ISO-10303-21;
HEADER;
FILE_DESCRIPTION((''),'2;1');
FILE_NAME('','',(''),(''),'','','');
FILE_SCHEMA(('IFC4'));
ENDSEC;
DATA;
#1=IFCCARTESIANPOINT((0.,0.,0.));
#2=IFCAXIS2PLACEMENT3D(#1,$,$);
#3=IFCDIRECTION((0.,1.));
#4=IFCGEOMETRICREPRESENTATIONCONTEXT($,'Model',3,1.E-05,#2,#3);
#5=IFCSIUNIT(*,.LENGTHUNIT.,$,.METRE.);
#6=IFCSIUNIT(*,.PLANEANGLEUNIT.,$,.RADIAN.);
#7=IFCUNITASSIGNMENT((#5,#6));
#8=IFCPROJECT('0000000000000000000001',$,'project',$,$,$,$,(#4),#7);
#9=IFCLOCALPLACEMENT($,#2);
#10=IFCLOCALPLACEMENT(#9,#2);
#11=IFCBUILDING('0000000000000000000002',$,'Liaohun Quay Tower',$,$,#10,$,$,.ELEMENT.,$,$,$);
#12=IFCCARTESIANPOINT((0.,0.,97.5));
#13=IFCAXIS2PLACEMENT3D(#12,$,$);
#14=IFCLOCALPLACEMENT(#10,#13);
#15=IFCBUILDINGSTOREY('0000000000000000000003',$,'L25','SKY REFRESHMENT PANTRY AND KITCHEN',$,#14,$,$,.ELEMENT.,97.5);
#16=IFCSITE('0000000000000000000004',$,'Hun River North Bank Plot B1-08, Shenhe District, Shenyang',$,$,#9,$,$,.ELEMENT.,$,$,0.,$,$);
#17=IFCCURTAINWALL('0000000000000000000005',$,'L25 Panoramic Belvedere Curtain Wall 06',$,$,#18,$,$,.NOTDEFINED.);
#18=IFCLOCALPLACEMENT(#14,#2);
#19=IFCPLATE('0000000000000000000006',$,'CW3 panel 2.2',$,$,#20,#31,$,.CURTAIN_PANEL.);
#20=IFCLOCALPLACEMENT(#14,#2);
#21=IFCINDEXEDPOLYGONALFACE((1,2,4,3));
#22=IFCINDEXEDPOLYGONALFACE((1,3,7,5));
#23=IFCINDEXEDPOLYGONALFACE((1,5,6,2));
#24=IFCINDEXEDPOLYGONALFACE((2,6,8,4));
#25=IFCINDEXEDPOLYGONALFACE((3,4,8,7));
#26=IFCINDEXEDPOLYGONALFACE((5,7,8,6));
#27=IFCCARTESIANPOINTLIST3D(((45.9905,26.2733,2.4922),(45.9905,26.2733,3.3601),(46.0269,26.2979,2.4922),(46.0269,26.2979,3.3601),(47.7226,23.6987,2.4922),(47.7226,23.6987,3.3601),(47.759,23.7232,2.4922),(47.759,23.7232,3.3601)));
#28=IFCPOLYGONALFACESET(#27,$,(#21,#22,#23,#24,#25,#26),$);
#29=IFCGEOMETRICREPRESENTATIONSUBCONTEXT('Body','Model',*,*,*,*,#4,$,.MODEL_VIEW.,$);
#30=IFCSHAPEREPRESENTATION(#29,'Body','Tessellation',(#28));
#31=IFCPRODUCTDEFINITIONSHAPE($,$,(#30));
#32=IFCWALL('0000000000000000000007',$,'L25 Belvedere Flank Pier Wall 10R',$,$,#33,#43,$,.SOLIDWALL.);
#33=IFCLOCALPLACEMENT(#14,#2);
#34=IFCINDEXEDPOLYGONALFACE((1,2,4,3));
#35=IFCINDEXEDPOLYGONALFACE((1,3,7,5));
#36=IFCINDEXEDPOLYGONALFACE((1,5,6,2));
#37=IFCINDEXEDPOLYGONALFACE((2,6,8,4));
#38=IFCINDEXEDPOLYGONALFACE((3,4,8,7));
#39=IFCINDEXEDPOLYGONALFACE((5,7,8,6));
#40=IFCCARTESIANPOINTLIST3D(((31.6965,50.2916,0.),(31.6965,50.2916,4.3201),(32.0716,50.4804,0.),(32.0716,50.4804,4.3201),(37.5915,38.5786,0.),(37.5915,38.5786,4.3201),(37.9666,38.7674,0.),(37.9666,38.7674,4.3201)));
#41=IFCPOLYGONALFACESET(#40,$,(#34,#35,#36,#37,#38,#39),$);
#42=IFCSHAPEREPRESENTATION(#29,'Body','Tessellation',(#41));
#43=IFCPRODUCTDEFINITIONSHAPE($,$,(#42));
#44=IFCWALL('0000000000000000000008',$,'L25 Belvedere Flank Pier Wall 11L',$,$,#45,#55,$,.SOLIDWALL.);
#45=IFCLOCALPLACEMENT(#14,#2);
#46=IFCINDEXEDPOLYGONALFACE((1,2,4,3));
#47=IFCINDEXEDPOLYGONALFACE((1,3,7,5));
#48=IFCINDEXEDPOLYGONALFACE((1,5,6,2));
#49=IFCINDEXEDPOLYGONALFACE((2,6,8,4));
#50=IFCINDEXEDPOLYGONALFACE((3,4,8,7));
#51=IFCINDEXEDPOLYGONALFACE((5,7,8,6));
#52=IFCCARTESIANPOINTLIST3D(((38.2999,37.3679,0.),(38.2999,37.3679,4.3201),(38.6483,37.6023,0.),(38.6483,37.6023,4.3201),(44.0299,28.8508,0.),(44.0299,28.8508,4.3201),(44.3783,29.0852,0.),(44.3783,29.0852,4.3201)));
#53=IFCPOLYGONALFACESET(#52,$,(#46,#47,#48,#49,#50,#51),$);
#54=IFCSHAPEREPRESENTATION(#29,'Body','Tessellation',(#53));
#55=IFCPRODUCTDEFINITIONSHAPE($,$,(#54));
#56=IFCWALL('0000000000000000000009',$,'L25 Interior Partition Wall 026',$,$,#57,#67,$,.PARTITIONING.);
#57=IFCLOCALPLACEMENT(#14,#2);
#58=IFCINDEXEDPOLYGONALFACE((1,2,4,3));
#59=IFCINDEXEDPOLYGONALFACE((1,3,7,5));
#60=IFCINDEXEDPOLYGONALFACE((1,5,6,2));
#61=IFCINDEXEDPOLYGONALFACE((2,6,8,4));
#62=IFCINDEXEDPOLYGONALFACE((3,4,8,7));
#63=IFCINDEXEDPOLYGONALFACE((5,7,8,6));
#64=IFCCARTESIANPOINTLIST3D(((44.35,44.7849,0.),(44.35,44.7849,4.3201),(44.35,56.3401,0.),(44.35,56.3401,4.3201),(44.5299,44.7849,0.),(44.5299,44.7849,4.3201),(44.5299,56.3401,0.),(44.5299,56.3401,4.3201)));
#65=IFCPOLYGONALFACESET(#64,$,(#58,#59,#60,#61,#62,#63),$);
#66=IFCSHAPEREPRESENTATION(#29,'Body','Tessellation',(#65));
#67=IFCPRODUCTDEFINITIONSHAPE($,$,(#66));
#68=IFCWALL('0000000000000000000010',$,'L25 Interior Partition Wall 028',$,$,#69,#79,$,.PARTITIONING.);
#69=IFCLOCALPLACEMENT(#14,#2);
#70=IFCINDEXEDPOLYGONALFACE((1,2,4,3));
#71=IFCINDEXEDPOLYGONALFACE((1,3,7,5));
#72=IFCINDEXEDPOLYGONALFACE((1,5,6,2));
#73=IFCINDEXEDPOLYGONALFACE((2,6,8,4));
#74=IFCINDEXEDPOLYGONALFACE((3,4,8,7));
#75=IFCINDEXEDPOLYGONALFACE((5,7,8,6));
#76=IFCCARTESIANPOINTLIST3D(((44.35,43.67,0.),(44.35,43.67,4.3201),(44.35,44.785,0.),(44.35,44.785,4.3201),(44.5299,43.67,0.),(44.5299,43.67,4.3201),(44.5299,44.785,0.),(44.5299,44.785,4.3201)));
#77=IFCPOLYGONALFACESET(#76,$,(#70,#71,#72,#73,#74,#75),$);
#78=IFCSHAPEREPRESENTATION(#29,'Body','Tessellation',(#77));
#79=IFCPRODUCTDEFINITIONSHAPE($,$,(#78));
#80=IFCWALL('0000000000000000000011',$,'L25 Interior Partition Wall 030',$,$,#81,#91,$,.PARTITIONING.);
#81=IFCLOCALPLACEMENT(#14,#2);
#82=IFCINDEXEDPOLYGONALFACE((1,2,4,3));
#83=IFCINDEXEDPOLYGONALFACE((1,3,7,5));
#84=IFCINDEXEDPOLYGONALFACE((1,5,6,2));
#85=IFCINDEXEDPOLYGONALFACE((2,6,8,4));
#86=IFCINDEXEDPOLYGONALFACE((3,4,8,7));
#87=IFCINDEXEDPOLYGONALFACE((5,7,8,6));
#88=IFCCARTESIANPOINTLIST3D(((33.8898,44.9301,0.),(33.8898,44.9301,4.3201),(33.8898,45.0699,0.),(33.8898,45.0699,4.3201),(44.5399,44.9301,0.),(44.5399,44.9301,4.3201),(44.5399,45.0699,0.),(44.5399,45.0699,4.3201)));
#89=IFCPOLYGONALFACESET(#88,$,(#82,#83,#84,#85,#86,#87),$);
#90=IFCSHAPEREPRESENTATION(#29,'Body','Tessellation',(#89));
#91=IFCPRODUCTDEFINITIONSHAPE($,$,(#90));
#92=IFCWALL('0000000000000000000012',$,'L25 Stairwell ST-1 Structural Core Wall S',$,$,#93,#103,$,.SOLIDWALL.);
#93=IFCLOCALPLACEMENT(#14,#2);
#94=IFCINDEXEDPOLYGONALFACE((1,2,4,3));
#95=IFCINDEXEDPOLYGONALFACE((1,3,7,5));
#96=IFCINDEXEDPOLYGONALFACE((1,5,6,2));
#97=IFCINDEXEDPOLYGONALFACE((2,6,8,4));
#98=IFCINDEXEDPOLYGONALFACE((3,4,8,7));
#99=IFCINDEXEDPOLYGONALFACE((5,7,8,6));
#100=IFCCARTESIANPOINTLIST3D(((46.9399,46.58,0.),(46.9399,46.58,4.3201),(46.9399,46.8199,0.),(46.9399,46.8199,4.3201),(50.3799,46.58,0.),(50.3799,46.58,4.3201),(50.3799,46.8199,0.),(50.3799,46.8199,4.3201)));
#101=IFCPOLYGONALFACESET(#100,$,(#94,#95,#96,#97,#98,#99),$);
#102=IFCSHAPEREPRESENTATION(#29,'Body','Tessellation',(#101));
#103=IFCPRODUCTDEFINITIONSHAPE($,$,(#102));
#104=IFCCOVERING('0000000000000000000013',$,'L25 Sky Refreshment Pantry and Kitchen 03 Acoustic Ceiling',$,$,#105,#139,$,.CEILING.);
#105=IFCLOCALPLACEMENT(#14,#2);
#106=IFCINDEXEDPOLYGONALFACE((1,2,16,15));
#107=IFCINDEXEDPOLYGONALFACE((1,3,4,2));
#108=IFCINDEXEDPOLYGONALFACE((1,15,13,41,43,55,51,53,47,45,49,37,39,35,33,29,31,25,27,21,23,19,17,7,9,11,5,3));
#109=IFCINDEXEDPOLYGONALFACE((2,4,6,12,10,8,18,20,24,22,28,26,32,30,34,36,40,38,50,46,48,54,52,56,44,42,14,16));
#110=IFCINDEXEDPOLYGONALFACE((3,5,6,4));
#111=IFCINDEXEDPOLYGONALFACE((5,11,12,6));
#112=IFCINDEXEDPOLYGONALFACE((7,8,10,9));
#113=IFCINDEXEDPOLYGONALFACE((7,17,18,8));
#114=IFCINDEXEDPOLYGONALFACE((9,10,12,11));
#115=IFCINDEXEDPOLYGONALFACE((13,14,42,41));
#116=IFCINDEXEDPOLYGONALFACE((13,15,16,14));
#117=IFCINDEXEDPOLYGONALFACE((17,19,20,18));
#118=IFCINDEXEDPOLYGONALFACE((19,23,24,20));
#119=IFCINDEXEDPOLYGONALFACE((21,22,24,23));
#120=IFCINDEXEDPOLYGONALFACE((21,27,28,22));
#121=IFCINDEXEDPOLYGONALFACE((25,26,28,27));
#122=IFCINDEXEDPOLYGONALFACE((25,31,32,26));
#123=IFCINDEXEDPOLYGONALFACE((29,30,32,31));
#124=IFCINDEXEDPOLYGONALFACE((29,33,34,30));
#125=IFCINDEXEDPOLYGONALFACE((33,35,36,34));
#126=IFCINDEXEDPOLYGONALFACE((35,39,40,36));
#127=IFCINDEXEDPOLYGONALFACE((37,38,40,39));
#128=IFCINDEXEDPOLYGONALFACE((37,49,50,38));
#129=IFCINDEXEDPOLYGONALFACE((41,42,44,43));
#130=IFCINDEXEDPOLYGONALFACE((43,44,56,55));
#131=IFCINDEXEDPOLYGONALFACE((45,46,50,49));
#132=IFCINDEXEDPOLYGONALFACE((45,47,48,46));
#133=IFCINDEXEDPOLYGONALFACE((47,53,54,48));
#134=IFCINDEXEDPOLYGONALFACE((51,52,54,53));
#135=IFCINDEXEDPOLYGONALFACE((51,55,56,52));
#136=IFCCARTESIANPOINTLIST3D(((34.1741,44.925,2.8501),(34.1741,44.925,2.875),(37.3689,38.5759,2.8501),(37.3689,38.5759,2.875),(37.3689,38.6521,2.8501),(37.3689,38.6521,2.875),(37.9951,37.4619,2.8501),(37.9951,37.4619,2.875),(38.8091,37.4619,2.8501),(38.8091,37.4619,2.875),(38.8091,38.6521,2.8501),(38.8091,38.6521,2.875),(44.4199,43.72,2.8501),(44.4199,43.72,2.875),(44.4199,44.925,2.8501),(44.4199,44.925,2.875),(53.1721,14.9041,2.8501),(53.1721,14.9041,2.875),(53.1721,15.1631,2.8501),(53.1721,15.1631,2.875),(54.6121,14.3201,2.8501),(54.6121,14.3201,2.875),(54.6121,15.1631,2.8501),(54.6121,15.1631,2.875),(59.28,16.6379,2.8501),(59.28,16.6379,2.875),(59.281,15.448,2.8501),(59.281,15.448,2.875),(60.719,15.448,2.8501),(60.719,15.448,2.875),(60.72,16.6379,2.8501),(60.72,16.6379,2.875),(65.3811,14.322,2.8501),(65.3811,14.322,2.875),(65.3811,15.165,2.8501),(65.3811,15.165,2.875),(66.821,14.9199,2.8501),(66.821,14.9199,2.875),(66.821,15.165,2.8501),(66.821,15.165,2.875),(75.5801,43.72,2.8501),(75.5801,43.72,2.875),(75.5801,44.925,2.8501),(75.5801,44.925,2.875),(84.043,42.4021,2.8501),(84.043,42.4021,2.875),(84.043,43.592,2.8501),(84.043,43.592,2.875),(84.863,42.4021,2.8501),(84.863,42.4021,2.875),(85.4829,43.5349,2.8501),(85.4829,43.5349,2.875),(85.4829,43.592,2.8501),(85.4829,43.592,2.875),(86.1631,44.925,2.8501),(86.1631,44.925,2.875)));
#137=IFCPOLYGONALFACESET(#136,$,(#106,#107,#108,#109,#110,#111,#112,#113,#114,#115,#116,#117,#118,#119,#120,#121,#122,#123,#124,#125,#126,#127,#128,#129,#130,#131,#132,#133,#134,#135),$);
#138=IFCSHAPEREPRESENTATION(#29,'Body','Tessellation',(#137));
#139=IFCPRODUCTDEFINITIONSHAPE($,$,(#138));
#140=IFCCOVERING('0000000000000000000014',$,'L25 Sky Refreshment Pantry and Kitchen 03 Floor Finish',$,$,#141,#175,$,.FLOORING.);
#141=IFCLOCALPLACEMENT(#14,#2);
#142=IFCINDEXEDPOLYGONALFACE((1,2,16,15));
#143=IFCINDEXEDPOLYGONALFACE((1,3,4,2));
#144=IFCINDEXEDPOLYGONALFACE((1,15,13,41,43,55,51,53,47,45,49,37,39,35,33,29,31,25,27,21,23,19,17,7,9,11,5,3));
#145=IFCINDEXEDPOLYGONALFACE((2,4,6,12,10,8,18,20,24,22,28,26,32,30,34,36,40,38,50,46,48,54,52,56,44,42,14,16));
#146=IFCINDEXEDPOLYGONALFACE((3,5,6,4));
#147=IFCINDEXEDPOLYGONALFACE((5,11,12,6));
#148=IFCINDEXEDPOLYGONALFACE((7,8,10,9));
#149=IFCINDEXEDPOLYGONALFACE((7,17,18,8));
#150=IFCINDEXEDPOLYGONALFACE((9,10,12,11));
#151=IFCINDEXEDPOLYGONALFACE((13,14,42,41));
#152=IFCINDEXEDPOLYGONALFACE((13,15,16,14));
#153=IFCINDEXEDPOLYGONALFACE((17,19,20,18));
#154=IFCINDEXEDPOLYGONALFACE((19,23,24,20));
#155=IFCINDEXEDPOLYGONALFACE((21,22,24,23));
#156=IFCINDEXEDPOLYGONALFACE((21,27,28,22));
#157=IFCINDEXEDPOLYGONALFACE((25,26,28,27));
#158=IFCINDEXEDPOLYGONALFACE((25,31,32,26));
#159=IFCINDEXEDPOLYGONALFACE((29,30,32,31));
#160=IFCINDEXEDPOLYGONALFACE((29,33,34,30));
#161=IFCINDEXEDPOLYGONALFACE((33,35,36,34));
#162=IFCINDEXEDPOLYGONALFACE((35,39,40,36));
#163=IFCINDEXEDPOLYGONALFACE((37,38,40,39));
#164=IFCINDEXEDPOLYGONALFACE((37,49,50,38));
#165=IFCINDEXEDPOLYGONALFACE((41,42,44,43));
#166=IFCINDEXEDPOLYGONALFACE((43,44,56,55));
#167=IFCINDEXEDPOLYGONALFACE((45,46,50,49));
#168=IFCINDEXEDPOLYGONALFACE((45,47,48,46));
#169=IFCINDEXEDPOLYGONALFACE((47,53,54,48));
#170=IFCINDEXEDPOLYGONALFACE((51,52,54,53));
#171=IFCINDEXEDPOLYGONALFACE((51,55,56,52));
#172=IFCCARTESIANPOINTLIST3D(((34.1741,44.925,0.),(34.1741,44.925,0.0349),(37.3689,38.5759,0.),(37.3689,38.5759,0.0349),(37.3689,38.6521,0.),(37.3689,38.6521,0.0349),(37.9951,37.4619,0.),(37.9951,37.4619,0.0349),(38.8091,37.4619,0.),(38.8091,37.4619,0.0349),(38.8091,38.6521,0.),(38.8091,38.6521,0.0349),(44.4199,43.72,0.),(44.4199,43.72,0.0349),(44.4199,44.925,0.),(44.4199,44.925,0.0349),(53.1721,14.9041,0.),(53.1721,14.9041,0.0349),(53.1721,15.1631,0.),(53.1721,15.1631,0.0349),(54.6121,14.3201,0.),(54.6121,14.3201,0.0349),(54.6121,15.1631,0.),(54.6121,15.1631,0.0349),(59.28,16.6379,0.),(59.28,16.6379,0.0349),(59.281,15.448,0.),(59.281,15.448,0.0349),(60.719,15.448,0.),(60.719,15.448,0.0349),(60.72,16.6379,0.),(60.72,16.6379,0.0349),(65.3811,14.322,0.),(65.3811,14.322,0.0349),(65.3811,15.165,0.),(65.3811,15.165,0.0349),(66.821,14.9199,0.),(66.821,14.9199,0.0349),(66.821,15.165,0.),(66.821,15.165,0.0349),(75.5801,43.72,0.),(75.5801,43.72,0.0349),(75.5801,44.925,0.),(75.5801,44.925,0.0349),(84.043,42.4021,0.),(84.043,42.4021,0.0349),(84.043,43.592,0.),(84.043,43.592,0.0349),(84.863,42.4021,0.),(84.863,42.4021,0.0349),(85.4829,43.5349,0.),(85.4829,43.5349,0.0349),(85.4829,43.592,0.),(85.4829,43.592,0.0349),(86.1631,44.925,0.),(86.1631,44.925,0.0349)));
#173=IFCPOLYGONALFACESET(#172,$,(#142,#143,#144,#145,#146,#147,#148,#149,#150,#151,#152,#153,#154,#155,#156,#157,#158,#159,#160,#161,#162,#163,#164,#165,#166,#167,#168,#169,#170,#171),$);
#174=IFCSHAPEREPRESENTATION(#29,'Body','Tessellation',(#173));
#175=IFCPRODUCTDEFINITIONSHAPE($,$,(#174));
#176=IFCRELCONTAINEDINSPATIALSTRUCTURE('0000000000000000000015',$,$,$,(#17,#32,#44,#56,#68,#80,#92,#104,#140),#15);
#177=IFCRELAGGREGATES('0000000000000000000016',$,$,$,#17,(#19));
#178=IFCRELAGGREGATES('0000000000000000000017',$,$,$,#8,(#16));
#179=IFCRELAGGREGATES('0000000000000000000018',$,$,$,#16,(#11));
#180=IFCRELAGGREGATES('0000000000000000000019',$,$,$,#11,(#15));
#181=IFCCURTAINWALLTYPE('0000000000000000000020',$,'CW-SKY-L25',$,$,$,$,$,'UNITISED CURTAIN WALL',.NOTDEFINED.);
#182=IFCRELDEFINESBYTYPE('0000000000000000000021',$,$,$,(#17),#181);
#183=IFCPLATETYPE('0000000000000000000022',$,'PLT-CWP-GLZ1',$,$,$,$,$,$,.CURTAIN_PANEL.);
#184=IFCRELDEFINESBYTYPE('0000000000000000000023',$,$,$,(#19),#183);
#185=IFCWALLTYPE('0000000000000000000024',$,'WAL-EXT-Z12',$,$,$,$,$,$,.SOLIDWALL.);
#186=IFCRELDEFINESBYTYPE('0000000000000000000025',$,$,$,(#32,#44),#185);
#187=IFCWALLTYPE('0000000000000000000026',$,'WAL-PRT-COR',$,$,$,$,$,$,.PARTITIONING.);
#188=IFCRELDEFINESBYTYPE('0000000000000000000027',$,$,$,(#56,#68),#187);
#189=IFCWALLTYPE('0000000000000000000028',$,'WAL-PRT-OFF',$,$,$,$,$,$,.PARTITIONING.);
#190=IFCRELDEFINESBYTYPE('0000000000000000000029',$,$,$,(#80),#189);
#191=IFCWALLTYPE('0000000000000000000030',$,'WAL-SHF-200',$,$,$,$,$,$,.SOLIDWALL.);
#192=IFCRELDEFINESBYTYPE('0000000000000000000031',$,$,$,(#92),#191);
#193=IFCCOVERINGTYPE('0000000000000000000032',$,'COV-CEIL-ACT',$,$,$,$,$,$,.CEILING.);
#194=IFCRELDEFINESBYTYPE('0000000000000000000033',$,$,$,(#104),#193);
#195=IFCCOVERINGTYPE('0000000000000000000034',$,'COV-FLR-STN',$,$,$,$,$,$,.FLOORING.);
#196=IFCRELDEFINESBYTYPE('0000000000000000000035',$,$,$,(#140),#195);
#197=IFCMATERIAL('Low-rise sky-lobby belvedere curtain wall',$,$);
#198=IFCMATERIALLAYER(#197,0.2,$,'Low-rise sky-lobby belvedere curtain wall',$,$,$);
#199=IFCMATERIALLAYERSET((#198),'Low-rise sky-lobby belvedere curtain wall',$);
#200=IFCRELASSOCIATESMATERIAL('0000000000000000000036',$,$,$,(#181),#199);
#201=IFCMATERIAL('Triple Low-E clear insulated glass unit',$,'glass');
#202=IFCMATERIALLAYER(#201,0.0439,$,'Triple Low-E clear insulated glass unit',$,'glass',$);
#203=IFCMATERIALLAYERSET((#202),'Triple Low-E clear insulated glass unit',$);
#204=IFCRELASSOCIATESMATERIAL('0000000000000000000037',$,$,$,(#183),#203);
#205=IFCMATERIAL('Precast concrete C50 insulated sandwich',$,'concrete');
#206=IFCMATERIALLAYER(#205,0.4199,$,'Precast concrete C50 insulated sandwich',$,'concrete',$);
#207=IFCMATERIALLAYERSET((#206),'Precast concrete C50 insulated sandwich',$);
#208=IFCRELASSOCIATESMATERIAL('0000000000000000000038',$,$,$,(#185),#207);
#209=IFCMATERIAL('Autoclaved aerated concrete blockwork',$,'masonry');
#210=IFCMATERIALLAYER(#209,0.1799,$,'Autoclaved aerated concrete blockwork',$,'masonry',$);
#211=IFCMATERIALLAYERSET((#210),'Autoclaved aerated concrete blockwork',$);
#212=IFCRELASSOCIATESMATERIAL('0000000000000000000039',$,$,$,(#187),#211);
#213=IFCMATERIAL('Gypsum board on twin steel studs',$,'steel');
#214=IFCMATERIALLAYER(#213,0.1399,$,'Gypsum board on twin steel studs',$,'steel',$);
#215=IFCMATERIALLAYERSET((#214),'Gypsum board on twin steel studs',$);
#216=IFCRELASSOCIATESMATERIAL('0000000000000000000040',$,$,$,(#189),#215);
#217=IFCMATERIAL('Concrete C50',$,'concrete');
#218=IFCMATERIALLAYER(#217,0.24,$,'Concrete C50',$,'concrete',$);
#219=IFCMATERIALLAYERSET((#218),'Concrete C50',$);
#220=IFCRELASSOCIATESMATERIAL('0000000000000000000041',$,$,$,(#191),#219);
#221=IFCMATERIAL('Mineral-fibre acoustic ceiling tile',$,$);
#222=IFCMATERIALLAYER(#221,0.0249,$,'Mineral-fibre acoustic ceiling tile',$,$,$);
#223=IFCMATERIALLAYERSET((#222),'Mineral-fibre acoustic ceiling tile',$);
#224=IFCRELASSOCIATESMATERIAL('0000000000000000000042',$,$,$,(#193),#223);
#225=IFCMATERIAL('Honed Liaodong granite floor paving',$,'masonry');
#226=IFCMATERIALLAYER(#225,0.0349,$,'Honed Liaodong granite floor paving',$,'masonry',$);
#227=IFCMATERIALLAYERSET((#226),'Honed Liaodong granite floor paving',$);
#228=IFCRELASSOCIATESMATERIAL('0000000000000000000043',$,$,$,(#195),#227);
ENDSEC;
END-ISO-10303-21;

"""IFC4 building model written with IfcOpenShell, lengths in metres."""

from ifc_helpers import new_model, si_unit, direction, frame, frame_2d, origin, origin_2d, place, context, subcontext, project, spatial, polyline, rectangle, outline, extrude, source, transform, mapped, material, layer, layer_set, type_object, element, aggregate, save


model = new_model("IFC4")

# Units and contexts
model_context = context("Model", 3, precision=1e-05, world=origin(), true_north=direction((0.0, 1.0)))
body_context = subcontext(model_context, "Body", "Model", "MODEL_VIEW")
ifc_project = project(units=[si_unit("LENGTHUNIT", "METRE"), si_unit("PLANEANGLEUNIT", "RADIAN")], contexts=[model_context])

# Site, building, storey
site_placement = place(None, origin())
site = spatial("IfcSite", under=ifc_project, at=site_placement, Name="Hun River North Bank Plot B1-08, Shenhe District, Shenyang", CompositionType="ELEMENT", RefElevation=0.0)
building_placement = place(site_placement, origin())
building = spatial("IfcBuilding", under=site, at=building_placement, Name="Liaohun Quay Tower", CompositionType="ELEMENT")
storey_placement = place(building_placement, frame((0.0, 0.0, 97.5)))
storey = spatial("IfcBuildingStorey", under=building, at=storey_placement, Name="L25", Description="SKY REFRESHMENT PANTRY AND KITCHEN", CompositionType="ELEMENT", Elevation=97.5)

# Curtain wall
ifc_material_1 = material(Name="Low-rise sky-lobby belvedere curtain wall")
ifc_layer_1 = layer(ifc_material_1, 0.2, Name="Low-rise sky-lobby belvedere curtain wall")
ifc_layer_set_1 = layer_set([ifc_layer_1], Name="Low-rise sky-lobby belvedere curtain wall")
curtain_wall_type = type_object("IfcCurtainWallType", Name="CW-SKY-L25", ElementType="UNITISED CURTAIN WALL", PredefinedType="NOTDEFINED", material=ifc_layer_set_1)
curtain_wall_1_placement = place(storey_placement, origin())
curtain_wall_1 = element("IfcCurtainWall", 1, at=curtain_wall_1_placement, inside=storey, type_object=curtain_wall_type, Name="L25 Panoramic Belvedere Curtain Wall 06", PredefinedType="NOTDEFINED")

# Shared definitions
ifc_material_2 = material(Name="Concrete C50", Category="concrete")

# Plate
ifc_material_3 = material(Name="Triple Low-E clear insulated glass unit", Category="glass")
ifc_layer_2 = layer(ifc_material_3, 0.0439, Name="Triple Low-E clear insulated glass unit", Category="glass")
ifc_layer_set_2 = layer_set([ifc_layer_2], Name="Triple Low-E clear insulated glass unit")
plate_type = type_object("IfcPlateType", Name="PLT-CWP-GLZ1", PredefinedType="CURTAIN_PANEL", material=ifc_layer_set_2)
shared_shape_1 = source(origin(), body_context, "Body", "SweptSolid", [
    extrude(rectangle(XDim=3.103, YDim=0.0439, at=origin_2d()), origin(), (0.0, 0.0, 1.0), 0.8679),
])
plate_1_placement = place(storey_placement, frame((46.8748, 24.9983, 2.4922), z_axis=(0.0, 0.0, 1.0), x_axis=(0.558192, -0.829712, 0.0)))
plate_1 = element("IfcPlate", 2, at=plate_1_placement, type_object=plate_type, Name="CW3 panel 2.2", PredefinedType="CURTAIN_PANEL", context=body_context, shape_type="MappedRepresentation", body=[
    mapped(shared_shape_1, transform((0.0, 0.0, 0.0), x_axis=(1.0, 0.0, 0.0), y_axis=(0.0, 1.0, 0.0), z_axis=(0.0, 0.0, 1.0), scale=1.0)),
])
aggregate(curtain_wall_1, [plate_1])

# Walls
ifc_material_4 = material(Name="Precast concrete C50 insulated sandwich", Category="concrete")
ifc_layer_3 = layer(ifc_material_4, 0.4199, Name="Precast concrete C50 insulated sandwich", Category="concrete")
ifc_layer_set_3 = layer_set([ifc_layer_3], Name="Precast concrete C50 insulated sandwich")
wall_type_1 = type_object("IfcWallType", Name="WAL-EXT-Z12", PredefinedType="SOLIDWALL", material=ifc_layer_set_3)
wall_1_placement = place(storey_placement, frame((31.884, 50.386, 0.0), z_axis=(0.0, 0.0, 1.0), x_axis=(0.449565, -0.893247, 0.0)))
element("IfcWall", 3, at=wall_1_placement, inside=storey, type_object=wall_type_1, Name="L25 Belvedere Flank Pier Wall 10R", PredefinedType="SOLIDWALL", context=body_context, shape_type="SweptSolid", body=[
    extrude(rectangle(XDim=13.1128, YDim=0.4199, at=frame_2d((6.5564, 0.0))), origin(), (0.0, 0.0, 1.0), 4.3201),
])
wall_2_placement = place(storey_placement, frame((38.4741, 37.4851, 0.0), z_axis=(0.0, 0.0, 1.0), x_axis=(0.558197, -0.829708, 0.0)))
element("IfcWall", 4, at=wall_2_placement, inside=storey, type_object=wall_type_1, Name="L25 Belvedere Flank Pier Wall 11L", PredefinedType="SOLIDWALL", context=body_context, shape_type="SweptSolid", body=[
    extrude(rectangle(XDim=10.2651, YDim=0.4199, at=frame_2d((5.1326, 0.0))), origin(), (0.0, 0.0, 1.0), 4.3201),
])
ifc_material_5 = material(Name="Autoclaved aerated concrete blockwork", Category="masonry")
ifc_layer_4 = layer(ifc_material_5, 0.1799, Name="Autoclaved aerated concrete blockwork", Category="masonry")
ifc_layer_set_4 = layer_set([ifc_layer_4], Name="Autoclaved aerated concrete blockwork")
wall_type_2 = type_object("IfcWallType", Name="WAL-PRT-COR", PredefinedType="PARTITIONING", material=ifc_layer_set_4)
wall_3_placement = place(storey_placement, frame((44.4399, 44.7849, 0.0), z_axis=(0.0, 0.0, 1.0), x_axis=(0.0, 1.0, 0.0)))
element("IfcWall", 5, at=wall_3_placement, inside=storey, type_object=wall_type_2, Name="L25 Interior Partition Wall 026", PredefinedType="PARTITIONING", context=body_context, shape_type="SweptSolid", body=[
    extrude(rectangle(XDim=11.5552, YDim=0.1799, at=frame_2d((5.7776, 0.0))), origin(), (0.0, 0.0, 1.0), 4.3201),
])
wall_4_placement = place(storey_placement, frame((44.4399, 43.6699, 0.0), z_axis=(0.0, 0.0, 1.0), x_axis=(0.0, 1.0, 0.0)))
element("IfcWall", 6, at=wall_4_placement, inside=storey, type_object=wall_type_2, Name="L25 Interior Partition Wall 028", PredefinedType="PARTITIONING", context=body_context, shape_type="SweptSolid", body=[
    extrude(rectangle(XDim=1.115, YDim=0.1799, at=frame_2d((0.5576, 0.0))), origin(), (0.0, 0.0, 1.0), 4.3201),
])
ifc_material_6 = material(Name="Gypsum board on twin steel studs", Category="steel")
ifc_layer_5 = layer(ifc_material_6, 0.1399, Name="Gypsum board on twin steel studs", Category="steel")
ifc_layer_set_5 = layer_set([ifc_layer_5], Name="Gypsum board on twin steel studs")
wall_type_3 = type_object("IfcWallType", Name="WAL-PRT-OFF", PredefinedType="PARTITIONING", material=ifc_layer_set_5)
wall_5_placement = place(storey_placement, frame((44.54, 45.0, 0.0), z_axis=(0.0, 0.0, 1.0), x_axis=(-1.0, 0.0, 0.0)))
element("IfcWall", 7, at=wall_5_placement, inside=storey, type_object=wall_type_3, Name="L25 Interior Partition Wall 030", PredefinedType="PARTITIONING", context=body_context, shape_type="SweptSolid", body=[
    extrude(rectangle(XDim=10.6501, YDim=0.1399, at=frame_2d((5.3252, 0.0))), origin(), (0.0, 0.0, 1.0), 4.3201),
])
ifc_layer_6 = layer(ifc_material_2, 0.24, Name="Concrete C50", Category="concrete")
ifc_layer_set_6 = layer_set([ifc_layer_6], Name="Concrete C50")
wall_type_4 = type_object("IfcWallType", Name="WAL-SHF-200", PredefinedType="SOLIDWALL", material=ifc_layer_set_6)
wall_6_placement = place(storey_placement, frame((46.9399, 46.7, 0.0), z_axis=(0.0, 0.0, 1.0), x_axis=(1.0, 0.0, 0.0)))
element("IfcWall", 8, at=wall_6_placement, inside=storey, type_object=wall_type_4, Name="L25 Stairwell ST-1 Structural Core Wall S", PredefinedType="SOLIDWALL", context=body_context, shape_type="SweptSolid", body=[
    extrude(rectangle(XDim=3.4399, YDim=0.24, at=frame_2d((1.72, 0.0))), origin(), (0.0, 0.0, 1.0), 4.3201),
])

# Coverings
ifc_material_7 = material(Name="Mineral-fibre acoustic ceiling tile")
ifc_layer_7 = layer(ifc_material_7, 0.0249, Name="Mineral-fibre acoustic ceiling tile")
ifc_layer_set_7 = layer_set([ifc_layer_7], Name="Mineral-fibre acoustic ceiling tile")
covering_type_1 = type_object("IfcCoveringType", Name="COV-CEIL-ACT", PredefinedType="CEILING", material=ifc_layer_set_7)
covering_1_placement = place(storey_placement, frame((0.0, 0.0, 2.8501)))
element("IfcCovering", 9, at=covering_1_placement, inside=storey, type_object=covering_type_1, Name="L25 Sky Refreshment Pantry and Kitchen 03 Acoustic Ceiling", PredefinedType="CEILING", context=body_context, shape_type="SweptSolid", body=[
    extrude(outline(polyline([(34.1741, 44.925), (37.3689, 38.5759), (37.3689, 38.6521), (38.8091, 38.6521), (38.8091, 37.4619), (37.9951, 37.4619), (53.1721, 14.9041), (53.1721, 15.1631), (54.6121, 15.1631), (54.6121, 14.3201), (59.281, 15.448), (59.28, 16.6379), (60.72, 16.6379), (60.719, 15.448), (65.3811, 14.322), (65.3811, 15.165), (66.821, 15.165), (66.821, 14.9199), (84.863, 42.4021), (84.043, 42.4021), (84.043, 43.592), (85.4829, 43.592), (85.4829, 43.5349), (86.1631, 44.925), (75.5801, 44.925), (75.5801, 43.72), (44.4199, 43.72), (44.4199, 44.925), (34.1741, 44.925)])), origin(), (0.0, 0.0, 1.0), 0.0249),
])
ifc_material_8 = material(Name="Honed Liaodong granite floor paving", Category="masonry")
ifc_layer_8 = layer(ifc_material_8, 0.0349, Name="Honed Liaodong granite floor paving", Category="masonry")
ifc_layer_set_8 = layer_set([ifc_layer_8], Name="Honed Liaodong granite floor paving")
covering_type_2 = type_object("IfcCoveringType", Name="COV-FLR-STN", PredefinedType="FLOORING", material=ifc_layer_set_8)
covering_2_placement = place(storey_placement, origin())
element("IfcCovering", 10, at=covering_2_placement, inside=storey, type_object=covering_type_2, Name="L25 Sky Refreshment Pantry and Kitchen 03 Floor Finish", PredefinedType="FLOORING", context=body_context, shape_type="SweptSolid", body=[
    extrude(outline(polyline([(34.1741, 44.925), (37.3689, 38.5759), (37.3689, 38.6521), (38.8091, 38.6521), (38.8091, 37.4619), (37.9951, 37.4619), (53.1721, 14.9041), (53.1721, 15.1631), (54.6121, 15.1631), (54.6121, 14.3201), (59.281, 15.448), (59.28, 16.6379), (60.72, 16.6379), (60.719, 15.448), (65.3811, 14.322), (65.3811, 15.165), (66.821, 15.165), (66.821, 14.9199), (84.863, 42.4021), (84.043, 42.4021), (84.043, 43.592), (85.4829, 43.592), (85.4829, 43.5349), (86.1631, 44.925), (75.5801, 44.925), (75.5801, 43.72), (44.4199, 43.72), (44.4199, 44.925), (34.1741, 44.925)])), origin(), (0.0, 0.0, 1.0), 0.0349),
])

save(model, "model.ifc")
